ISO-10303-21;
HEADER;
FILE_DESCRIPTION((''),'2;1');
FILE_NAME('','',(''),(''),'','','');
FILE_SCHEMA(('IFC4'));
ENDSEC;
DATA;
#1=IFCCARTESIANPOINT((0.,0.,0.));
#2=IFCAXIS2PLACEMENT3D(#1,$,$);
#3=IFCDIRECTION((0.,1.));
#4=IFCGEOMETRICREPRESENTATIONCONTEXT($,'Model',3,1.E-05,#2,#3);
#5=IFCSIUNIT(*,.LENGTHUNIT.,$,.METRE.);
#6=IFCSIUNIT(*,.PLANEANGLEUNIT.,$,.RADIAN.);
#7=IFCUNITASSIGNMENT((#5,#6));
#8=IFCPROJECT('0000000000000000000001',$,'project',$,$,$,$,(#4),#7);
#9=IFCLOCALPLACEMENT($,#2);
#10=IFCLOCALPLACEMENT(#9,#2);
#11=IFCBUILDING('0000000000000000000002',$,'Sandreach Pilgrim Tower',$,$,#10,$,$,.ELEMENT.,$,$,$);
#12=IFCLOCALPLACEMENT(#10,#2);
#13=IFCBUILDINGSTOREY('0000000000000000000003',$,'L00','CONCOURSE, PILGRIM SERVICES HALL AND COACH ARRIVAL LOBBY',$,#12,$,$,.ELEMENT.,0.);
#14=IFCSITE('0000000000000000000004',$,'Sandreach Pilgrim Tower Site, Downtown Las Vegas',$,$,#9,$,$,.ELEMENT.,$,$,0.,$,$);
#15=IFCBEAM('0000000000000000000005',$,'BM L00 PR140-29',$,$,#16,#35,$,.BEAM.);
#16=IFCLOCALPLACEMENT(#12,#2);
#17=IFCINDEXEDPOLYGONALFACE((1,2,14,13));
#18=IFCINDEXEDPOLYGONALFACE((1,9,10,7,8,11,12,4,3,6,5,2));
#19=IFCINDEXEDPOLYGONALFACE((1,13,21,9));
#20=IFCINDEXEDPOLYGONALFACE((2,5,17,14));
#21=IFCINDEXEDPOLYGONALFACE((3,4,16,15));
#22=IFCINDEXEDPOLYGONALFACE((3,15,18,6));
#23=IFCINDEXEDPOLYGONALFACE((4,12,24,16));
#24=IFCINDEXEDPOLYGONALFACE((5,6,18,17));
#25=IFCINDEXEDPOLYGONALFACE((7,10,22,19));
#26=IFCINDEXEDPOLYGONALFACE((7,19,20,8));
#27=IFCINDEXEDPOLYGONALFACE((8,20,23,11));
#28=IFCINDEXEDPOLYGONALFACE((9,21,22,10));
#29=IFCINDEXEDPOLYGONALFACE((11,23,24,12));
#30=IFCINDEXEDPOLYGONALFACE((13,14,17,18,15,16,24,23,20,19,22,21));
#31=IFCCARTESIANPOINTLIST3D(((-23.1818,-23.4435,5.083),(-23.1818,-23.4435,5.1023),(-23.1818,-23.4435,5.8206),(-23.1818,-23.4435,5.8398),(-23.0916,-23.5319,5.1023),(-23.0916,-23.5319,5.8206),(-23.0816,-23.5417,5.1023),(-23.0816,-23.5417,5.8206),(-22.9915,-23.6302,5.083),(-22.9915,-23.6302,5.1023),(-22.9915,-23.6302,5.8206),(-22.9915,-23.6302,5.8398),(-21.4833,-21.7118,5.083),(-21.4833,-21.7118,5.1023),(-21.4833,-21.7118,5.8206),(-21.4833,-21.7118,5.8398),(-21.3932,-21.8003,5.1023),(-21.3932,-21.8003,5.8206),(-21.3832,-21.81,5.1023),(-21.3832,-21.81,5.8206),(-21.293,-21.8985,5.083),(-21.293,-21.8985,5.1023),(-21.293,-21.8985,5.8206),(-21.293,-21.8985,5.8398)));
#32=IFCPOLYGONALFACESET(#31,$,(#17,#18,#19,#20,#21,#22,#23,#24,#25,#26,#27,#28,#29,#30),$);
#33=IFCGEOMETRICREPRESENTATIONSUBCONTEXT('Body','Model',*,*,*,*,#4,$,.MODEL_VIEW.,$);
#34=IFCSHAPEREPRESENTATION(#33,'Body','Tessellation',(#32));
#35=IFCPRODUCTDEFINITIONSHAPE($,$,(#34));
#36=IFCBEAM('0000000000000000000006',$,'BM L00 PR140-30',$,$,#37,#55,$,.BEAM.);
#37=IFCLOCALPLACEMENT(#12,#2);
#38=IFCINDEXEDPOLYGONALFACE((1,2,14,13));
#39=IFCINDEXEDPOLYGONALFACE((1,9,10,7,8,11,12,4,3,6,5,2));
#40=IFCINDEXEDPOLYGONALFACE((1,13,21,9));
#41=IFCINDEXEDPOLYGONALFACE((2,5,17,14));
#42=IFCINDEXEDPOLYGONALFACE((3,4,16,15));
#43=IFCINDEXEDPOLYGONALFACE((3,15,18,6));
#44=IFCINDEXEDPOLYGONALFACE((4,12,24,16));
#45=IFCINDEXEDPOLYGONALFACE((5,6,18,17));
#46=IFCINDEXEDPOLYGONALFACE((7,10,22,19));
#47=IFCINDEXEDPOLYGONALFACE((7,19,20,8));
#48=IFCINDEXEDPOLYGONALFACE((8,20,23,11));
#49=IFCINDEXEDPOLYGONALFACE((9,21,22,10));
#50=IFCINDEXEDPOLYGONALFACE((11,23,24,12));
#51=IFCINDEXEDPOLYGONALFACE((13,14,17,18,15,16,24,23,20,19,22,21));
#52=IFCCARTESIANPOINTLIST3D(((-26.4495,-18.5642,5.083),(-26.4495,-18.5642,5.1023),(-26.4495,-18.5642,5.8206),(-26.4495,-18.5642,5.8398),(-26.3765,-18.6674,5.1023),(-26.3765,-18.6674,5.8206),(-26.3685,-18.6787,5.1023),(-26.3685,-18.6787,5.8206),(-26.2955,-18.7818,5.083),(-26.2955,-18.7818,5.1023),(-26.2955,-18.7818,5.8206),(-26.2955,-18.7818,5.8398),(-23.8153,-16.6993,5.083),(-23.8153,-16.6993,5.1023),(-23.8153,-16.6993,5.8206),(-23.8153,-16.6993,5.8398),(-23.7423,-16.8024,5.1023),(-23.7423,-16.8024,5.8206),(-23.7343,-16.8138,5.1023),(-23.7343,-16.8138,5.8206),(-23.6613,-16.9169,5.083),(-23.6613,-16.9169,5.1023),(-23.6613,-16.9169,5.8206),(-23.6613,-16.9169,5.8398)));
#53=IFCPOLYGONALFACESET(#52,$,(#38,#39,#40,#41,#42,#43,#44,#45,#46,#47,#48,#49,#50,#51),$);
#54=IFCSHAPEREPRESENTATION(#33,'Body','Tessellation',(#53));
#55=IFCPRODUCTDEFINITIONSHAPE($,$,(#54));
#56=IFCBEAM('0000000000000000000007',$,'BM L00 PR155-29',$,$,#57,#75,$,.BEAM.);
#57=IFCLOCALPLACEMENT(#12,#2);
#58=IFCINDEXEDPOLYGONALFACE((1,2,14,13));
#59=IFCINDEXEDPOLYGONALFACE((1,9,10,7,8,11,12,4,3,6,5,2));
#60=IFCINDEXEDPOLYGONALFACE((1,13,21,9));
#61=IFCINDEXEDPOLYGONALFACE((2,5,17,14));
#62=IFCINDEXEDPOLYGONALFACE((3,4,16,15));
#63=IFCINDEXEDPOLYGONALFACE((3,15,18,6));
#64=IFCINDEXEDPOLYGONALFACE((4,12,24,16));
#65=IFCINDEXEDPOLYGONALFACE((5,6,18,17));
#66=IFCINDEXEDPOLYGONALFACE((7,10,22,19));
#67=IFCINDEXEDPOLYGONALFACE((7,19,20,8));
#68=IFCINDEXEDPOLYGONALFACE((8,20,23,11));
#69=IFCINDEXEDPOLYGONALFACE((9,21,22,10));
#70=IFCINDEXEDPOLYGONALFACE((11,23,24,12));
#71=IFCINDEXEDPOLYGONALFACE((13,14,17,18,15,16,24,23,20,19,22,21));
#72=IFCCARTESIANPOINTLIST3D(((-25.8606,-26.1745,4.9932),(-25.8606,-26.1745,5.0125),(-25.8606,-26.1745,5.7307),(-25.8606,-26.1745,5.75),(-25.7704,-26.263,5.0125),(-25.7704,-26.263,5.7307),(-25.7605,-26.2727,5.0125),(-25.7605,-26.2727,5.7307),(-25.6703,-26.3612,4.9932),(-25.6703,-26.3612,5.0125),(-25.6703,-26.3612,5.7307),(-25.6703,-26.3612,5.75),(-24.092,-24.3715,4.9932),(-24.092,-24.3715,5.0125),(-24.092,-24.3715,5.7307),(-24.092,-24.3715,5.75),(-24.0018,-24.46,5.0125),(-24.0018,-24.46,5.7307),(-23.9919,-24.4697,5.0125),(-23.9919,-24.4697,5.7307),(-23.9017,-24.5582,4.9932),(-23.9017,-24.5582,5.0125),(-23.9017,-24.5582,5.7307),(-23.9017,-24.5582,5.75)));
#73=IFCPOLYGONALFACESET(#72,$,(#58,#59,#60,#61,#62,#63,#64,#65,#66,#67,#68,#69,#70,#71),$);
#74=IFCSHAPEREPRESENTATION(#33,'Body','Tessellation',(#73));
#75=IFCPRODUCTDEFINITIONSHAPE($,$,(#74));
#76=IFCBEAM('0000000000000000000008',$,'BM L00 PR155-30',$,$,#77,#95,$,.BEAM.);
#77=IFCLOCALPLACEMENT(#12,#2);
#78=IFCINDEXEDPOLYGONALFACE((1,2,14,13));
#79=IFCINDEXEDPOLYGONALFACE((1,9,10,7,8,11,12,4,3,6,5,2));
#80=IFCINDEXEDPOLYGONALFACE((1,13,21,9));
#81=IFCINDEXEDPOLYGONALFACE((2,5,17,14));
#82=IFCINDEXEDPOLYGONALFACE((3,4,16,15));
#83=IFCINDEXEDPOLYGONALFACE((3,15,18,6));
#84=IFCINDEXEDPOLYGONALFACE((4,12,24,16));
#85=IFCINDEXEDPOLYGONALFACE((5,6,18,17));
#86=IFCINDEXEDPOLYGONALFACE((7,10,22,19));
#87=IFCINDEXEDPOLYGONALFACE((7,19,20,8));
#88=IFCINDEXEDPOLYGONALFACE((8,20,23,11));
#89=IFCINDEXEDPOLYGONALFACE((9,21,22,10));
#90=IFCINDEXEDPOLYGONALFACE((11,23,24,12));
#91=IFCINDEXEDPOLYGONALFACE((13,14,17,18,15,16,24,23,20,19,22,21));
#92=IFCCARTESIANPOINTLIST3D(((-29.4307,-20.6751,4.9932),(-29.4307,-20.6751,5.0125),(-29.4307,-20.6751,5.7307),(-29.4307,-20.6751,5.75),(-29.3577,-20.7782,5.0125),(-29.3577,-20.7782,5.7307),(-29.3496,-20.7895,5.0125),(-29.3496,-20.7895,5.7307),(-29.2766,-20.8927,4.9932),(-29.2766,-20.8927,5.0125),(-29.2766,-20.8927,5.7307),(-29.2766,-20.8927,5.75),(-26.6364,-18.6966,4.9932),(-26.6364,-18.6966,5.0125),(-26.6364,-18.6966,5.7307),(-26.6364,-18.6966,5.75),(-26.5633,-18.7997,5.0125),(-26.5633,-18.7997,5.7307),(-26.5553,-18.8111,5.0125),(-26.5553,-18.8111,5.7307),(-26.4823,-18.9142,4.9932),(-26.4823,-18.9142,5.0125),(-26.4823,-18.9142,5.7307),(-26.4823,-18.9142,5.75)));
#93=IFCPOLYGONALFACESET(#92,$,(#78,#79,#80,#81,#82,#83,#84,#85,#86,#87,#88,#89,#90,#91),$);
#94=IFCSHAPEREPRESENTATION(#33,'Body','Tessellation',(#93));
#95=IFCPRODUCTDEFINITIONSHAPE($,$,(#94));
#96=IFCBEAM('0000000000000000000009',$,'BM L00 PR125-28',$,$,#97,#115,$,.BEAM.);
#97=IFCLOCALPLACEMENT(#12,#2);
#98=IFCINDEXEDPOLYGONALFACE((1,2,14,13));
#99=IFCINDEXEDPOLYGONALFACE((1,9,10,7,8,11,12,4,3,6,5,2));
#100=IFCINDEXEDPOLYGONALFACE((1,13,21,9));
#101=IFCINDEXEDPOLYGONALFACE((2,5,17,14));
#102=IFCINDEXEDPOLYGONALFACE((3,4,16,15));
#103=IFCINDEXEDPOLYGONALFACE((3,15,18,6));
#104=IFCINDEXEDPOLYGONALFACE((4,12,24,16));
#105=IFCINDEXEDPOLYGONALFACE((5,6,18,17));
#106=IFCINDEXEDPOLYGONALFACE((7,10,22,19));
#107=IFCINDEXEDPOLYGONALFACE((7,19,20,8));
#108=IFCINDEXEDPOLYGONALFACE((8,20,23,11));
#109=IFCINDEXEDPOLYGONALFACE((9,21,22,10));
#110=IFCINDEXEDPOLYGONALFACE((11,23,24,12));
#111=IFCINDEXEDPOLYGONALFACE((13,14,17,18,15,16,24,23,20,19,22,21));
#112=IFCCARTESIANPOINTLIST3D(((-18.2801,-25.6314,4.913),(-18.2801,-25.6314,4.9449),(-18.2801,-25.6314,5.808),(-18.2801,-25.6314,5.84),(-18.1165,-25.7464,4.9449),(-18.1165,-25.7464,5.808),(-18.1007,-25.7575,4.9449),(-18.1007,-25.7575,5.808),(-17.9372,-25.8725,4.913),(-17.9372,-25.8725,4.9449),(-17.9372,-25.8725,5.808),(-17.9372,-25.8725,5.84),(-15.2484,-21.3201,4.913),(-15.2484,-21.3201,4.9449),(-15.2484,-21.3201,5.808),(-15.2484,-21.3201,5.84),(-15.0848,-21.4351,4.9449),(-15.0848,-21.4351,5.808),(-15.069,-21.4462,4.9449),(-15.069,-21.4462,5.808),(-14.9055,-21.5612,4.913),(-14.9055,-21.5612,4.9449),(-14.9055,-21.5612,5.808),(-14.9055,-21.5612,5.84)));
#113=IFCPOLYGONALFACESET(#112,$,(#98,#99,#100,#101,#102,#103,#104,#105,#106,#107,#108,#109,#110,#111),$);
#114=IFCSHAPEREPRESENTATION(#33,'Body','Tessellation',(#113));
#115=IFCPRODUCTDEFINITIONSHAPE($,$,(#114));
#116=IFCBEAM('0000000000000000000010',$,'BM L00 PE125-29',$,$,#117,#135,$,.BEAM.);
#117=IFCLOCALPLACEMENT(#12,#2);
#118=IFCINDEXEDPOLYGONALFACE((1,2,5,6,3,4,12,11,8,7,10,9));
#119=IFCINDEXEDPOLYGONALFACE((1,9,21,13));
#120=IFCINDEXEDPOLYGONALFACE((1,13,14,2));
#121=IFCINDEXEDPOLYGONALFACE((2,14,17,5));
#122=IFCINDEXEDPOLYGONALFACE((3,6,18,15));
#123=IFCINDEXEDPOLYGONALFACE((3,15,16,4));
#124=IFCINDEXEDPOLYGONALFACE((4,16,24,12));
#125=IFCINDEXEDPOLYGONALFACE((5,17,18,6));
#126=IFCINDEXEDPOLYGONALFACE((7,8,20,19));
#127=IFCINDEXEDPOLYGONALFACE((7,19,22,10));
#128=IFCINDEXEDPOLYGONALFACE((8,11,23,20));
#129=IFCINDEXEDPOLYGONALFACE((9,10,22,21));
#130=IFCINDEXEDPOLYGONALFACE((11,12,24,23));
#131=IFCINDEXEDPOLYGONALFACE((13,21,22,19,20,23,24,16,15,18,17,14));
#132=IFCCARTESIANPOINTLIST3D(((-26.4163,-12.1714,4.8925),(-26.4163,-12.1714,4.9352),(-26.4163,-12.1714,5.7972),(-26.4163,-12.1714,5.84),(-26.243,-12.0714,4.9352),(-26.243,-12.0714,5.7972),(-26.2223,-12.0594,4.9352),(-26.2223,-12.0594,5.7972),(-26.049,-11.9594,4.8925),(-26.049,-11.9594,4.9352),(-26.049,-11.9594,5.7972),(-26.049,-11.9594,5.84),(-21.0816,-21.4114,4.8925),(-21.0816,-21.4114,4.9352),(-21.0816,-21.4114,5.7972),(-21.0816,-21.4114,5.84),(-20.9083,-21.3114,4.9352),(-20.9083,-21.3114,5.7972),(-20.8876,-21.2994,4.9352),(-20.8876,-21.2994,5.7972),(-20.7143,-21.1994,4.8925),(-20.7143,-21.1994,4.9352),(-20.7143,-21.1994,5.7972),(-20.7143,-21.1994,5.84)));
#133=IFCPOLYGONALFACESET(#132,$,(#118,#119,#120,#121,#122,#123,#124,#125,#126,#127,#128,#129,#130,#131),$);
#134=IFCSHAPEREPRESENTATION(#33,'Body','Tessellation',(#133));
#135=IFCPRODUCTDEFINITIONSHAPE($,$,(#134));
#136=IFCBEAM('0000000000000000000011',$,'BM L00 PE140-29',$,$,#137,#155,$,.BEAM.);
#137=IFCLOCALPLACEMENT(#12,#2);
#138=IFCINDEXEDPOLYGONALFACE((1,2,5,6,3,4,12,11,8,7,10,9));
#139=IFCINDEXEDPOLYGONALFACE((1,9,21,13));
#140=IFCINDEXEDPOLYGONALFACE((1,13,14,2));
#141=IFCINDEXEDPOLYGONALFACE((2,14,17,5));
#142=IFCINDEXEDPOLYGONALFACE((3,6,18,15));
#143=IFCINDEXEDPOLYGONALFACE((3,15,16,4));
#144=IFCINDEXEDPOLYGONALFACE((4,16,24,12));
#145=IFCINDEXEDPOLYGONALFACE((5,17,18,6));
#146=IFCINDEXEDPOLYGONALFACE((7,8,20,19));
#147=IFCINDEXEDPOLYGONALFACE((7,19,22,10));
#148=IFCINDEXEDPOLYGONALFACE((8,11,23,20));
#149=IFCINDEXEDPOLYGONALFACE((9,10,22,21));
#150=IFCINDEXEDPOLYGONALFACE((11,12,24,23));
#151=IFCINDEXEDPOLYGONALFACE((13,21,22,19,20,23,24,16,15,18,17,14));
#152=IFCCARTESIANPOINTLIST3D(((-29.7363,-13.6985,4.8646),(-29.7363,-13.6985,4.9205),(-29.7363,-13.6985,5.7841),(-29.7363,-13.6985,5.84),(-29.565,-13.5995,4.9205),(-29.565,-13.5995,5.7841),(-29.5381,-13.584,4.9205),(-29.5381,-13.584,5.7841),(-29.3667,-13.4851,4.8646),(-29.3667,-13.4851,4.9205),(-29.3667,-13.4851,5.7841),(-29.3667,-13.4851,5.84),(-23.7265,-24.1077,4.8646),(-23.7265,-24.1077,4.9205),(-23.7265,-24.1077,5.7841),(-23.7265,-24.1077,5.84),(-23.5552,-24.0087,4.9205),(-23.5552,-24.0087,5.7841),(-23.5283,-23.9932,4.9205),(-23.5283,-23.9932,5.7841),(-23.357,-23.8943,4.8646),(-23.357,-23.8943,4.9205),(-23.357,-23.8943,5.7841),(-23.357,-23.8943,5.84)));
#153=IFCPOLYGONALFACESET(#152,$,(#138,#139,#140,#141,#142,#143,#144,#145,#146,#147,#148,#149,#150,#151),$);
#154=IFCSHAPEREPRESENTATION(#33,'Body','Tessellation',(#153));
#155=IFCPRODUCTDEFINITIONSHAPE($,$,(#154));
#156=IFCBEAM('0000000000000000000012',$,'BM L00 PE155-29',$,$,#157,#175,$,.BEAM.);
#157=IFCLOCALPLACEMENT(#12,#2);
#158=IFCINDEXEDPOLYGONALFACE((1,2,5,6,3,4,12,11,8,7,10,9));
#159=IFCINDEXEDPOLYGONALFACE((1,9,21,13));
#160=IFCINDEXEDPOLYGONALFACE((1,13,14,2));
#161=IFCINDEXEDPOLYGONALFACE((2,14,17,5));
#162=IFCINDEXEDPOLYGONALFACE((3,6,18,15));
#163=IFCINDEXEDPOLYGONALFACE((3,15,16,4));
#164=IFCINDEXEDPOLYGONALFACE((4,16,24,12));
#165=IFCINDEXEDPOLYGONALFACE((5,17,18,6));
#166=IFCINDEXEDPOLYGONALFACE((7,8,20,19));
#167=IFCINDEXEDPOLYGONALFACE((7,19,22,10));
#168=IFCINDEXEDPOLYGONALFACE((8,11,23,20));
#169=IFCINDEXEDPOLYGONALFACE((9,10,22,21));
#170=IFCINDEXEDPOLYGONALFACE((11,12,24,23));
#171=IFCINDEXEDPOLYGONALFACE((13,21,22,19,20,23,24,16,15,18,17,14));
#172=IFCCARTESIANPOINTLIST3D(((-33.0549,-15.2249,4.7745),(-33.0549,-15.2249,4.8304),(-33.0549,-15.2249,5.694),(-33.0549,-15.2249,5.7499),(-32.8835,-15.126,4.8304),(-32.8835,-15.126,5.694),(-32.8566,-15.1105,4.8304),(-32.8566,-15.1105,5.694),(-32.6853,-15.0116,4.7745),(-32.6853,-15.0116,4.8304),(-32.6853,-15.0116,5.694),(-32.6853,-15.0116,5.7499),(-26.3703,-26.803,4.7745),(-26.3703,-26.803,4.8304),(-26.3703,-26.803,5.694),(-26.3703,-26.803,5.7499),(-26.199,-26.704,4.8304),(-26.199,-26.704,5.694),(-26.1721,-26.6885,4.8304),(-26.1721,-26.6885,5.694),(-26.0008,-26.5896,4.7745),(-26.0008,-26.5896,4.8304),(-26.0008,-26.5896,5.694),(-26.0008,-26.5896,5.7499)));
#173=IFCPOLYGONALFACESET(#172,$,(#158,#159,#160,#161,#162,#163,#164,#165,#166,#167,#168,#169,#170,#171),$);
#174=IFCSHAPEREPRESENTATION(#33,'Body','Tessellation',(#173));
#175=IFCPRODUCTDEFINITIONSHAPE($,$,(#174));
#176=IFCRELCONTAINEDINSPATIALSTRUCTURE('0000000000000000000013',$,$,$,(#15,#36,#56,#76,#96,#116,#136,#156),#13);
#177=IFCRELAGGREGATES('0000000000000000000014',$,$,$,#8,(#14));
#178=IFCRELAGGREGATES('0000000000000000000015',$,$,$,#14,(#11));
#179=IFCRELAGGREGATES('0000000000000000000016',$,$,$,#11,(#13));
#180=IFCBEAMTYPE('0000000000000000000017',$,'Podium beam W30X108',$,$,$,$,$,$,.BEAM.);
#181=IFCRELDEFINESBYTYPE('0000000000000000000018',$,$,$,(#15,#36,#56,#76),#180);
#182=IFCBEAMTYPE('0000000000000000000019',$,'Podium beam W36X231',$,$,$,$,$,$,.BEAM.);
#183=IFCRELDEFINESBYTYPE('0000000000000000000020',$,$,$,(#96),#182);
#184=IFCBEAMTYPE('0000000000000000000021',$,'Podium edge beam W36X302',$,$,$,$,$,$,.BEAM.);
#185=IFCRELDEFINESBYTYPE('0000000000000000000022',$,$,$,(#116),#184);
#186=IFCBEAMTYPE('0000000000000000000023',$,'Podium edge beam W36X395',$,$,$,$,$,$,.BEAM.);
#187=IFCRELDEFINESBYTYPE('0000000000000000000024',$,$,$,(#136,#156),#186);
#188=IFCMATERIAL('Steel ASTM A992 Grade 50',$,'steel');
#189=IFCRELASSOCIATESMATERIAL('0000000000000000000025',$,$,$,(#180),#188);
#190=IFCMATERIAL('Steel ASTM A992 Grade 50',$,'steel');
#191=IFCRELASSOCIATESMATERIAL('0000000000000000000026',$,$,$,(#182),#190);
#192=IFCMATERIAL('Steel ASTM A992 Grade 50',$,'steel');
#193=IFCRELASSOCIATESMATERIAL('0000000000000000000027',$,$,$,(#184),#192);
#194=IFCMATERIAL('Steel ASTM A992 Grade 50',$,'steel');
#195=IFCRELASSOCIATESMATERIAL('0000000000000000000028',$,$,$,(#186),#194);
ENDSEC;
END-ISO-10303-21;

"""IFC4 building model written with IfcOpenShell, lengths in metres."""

from ifc_helpers import new_model, si_unit, direction, frame, origin, origin_2d, place, context, subcontext, project, spatial, i_section, extrude, material, material_profile, profile_set, type_object, element, save


model = new_model("IFC4")

# Units and contexts
model_context = context("Model", 3, precision=1e-05, world=origin(), true_north=direction((0.0, 1.0)))
body_context = subcontext(model_context, "Body", "Model", "MODEL_VIEW")
ifc_project = project(units=[si_unit("LENGTHUNIT", "METRE"), si_unit("PLANEANGLEUNIT", "RADIAN")], contexts=[model_context])

# Site, building, storey
site_placement = place(None, origin())
site = spatial("IfcSite", under=ifc_project, at=site_placement, Name="Sandreach Pilgrim Tower Site, Downtown Las Vegas", CompositionType="ELEMENT", RefElevation=0.0)
building_placement = place(site_placement, origin())
building = spatial("IfcBuilding", under=site, at=building_placement, Name="Sandreach Pilgrim Tower", CompositionType="ELEMENT")
storey_placement = place(building_placement, origin())
storey = spatial("IfcBuildingStorey", under=building, at=storey_placement, Name="L00", Description="CONCOURSE, PILGRIM SERVICES HALL AND COACH ARRIVAL LOBBY", CompositionType="ELEMENT", Elevation=0.0)

# Beams
ifc_material_1 = material(Name="Steel ASTM A992 Grade 50", Category="steel")
ifc_material_profile_1 = material_profile(ifc_material_1, i_section(OverallWidth=0.2666, OverallDepth=0.7568, WebThickness=0.0139, FlangeThickness=0.0193, at=origin_2d()), Name="W30X108")
ifc_profile_set_1 = profile_set([ifc_material_profile_1], Name="Steel ASTM A992 Grade 50")
beam_type_1 = type_object("IfcBeamType", Name="Podium beam W30X108", PredefinedType="BEAM", material=ifc_profile_set_1)
beam_1_placement = place(storey_placement, frame((-21.3882, -21.8052, 5.4614), z_axis=(-0.700229, -0.713918, 0.0), x_axis=(0.713918, -0.700229, 0.0)))
element("IfcBeam", 1, at=beam_1_placement, inside=storey, type_object=beam_type_1, Name="BM L00 PR140-29", PredefinedType="BEAM", context=body_context, shape_type="SweptSolid", body=[
    extrude(i_section(OverallWidth=0.2666, OverallDepth=0.7568, WebThickness=0.0139, FlangeThickness=0.0193, at=origin_2d()), origin(), (0.0, 0.0, 1.0), 2.4255),
])
beam_2_placement = place(storey_placement, frame((-23.7383, -16.8081, 5.4614), z_axis=(-0.816164, -0.57782, 0.0), x_axis=(0.57782, -0.816164, 0.0)))
element("IfcBeam", 2, at=beam_2_placement, inside=storey, type_object=beam_type_1, Name="BM L00 PR140-30", PredefinedType="BEAM", context=body_context, shape_type="SweptSolid", body=[
    extrude(i_section(OverallWidth=0.2666, OverallDepth=0.7568, WebThickness=0.0139, FlangeThickness=0.0193, at=origin_2d()), origin(), (0.0, 0.0, 1.0), 3.2275),
])
beam_3_placement = place(storey_placement, frame((-23.9968, -24.4648, 5.3716), z_axis=(-0.700259, -0.713889, 0.0), x_axis=(0.713889, -0.700259, 0.0)))
element("IfcBeam", 3, at=beam_3_placement, inside=storey, type_object=beam_type_1, Name="BM L00 PR155-29", PredefinedType="BEAM", context=body_context, shape_type="SweptSolid", body=[
    extrude(i_section(OverallWidth=0.2666, OverallDepth=0.7568, WebThickness=0.0139, FlangeThickness=0.0193, at=origin_2d()), origin(), (0.0, 0.0, 1.0), 2.5256),
])
beam_4_placement = place(storey_placement, frame((-26.5593, -18.8054, 5.3716), z_axis=(-0.816145, -0.577847, 0.0), x_axis=(0.577847, -0.816145, 0.0)))
element("IfcBeam", 4, at=beam_4_placement, inside=storey, type_object=beam_type_1, Name="BM L00 PR155-30", PredefinedType="BEAM", context=body_context, shape_type="SweptSolid", body=[
    extrude(i_section(OverallWidth=0.2666, OverallDepth=0.7568, WebThickness=0.0139, FlangeThickness=0.0193, at=origin_2d()), origin(), (0.0, 0.0, 1.0), 3.4238),
])
ifc_material_2 = material(Name="Steel ASTM A992 Grade 50", Category="steel")
ifc_material_profile_2 = material_profile(ifc_material_2, i_section(OverallWidth=0.4192, OverallDepth=0.927, WebThickness=0.0193, FlangeThickness=0.032, at=origin_2d()), Name="W36X231")
ifc_profile_set_2 = profile_set([ifc_material_profile_2], Name="Steel ASTM A992 Grade 50")
beam_type_2 = type_object("IfcBeamType", Name="Podium beam W36X231", PredefinedType="BEAM", material=ifc_profile_set_2)
beam_5_placement = place(storey_placement, frame((-15.0769, -21.4407, 5.3765), z_axis=(-0.575224, -0.817996, 0.0), x_axis=(0.817996, -0.575224, 0.0)))
element("IfcBeam", 5, at=beam_5_placement, inside=storey, type_object=beam_type_2, Name="BM L00 PR125-28", PredefinedType="BEAM", context=body_context, shape_type="SweptSolid", body=[
    extrude(i_section(OverallWidth=0.4192, OverallDepth=0.927, WebThickness=0.0193, FlangeThickness=0.032, at=origin_2d()), origin(), (0.0, 0.0, 1.0), 5.2705),
])
ifc_material_3 = material(Name="Steel ASTM A992 Grade 50", Category="steel")
ifc_material_profile_3 = material_profile(ifc_material_3, i_section(OverallWidth=0.4241, OverallDepth=0.9475, WebThickness=0.0239, FlangeThickness=0.0427, at=origin_2d()), Name="W36X302")
ifc_profile_set_3 = profile_set([ifc_material_profile_3], Name="Steel ASTM A992 Grade 50")
beam_type_3 = type_object("IfcBeamType", Name="Podium edge beam W36X302", PredefinedType="BEAM", material=ifc_profile_set_3)
beam_6_placement = place(storey_placement, frame((-20.8979, -21.3054, 5.3662), z_axis=(-0.5, 0.866025, 0.0), x_axis=(-0.866025, -0.5, 0.0)))
element("IfcBeam", 6, at=beam_6_placement, inside=storey, type_object=beam_type_3, Name="BM L00 PE125-29", PredefinedType="BEAM", context=body_context, shape_type="SweptSolid", body=[
    extrude(i_section(OverallWidth=0.4241, OverallDepth=0.9475, WebThickness=0.0239, FlangeThickness=0.0427, at=origin_2d()), origin(), (0.0, 0.0, 1.0), 10.6694),
])
ifc_material_4 = material(Name="Steel ASTM A992 Grade 50", Category="steel")
ifc_material_profile_4 = material_profile(ifc_material_4, i_section(OverallWidth=0.4268, OverallDepth=0.9753, WebThickness=0.031, FlangeThickness=0.0559, at=origin_2d()), Name="W36X395")
ifc_profile_set_4 = profile_set([ifc_material_profile_4], Name="Steel ASTM A992 Grade 50")
beam_type_4 = type_object("IfcBeamType", Name="Podium edge beam W36X395", PredefinedType="BEAM", material=ifc_profile_set_4)
beam_7_placement = place(storey_placement, frame((-23.5417, -24.001, 5.3523), z_axis=(-0.500001, 0.866025, 0.0), x_axis=(-0.866025, -0.500001, 0.0)))
element("IfcBeam", 7, at=beam_7_placement, inside=storey, type_object=beam_type_4, Name="BM L00 PE140-29", PredefinedType="BEAM", context=body_context, shape_type="SweptSolid", body=[
    extrude(i_section(OverallWidth=0.4268, OverallDepth=0.9753, WebThickness=0.031, FlangeThickness=0.0559, at=origin_2d()), origin(), (0.0, 0.0, 1.0), 12.0195),
])
beam_8_placement = place(storey_placement, frame((-26.1855, -26.6963, 5.2622), z_axis=(-0.499996, 0.866027, 0.0), x_axis=(-0.866027, -0.499996, 0.0)))
element("IfcBeam", 8, at=beam_8_placement, inside=storey, type_object=beam_type_4, Name="BM L00 PE155-29", PredefinedType="BEAM", context=body_context, shape_type="SweptSolid", body=[
    extrude(i_section(OverallWidth=0.4268, OverallDepth=0.9753, WebThickness=0.031, FlangeThickness=0.0559, at=origin_2d()), origin(), (0.0, 0.0, 1.0), 13.3691),
])

save(model, "model.ifc")
